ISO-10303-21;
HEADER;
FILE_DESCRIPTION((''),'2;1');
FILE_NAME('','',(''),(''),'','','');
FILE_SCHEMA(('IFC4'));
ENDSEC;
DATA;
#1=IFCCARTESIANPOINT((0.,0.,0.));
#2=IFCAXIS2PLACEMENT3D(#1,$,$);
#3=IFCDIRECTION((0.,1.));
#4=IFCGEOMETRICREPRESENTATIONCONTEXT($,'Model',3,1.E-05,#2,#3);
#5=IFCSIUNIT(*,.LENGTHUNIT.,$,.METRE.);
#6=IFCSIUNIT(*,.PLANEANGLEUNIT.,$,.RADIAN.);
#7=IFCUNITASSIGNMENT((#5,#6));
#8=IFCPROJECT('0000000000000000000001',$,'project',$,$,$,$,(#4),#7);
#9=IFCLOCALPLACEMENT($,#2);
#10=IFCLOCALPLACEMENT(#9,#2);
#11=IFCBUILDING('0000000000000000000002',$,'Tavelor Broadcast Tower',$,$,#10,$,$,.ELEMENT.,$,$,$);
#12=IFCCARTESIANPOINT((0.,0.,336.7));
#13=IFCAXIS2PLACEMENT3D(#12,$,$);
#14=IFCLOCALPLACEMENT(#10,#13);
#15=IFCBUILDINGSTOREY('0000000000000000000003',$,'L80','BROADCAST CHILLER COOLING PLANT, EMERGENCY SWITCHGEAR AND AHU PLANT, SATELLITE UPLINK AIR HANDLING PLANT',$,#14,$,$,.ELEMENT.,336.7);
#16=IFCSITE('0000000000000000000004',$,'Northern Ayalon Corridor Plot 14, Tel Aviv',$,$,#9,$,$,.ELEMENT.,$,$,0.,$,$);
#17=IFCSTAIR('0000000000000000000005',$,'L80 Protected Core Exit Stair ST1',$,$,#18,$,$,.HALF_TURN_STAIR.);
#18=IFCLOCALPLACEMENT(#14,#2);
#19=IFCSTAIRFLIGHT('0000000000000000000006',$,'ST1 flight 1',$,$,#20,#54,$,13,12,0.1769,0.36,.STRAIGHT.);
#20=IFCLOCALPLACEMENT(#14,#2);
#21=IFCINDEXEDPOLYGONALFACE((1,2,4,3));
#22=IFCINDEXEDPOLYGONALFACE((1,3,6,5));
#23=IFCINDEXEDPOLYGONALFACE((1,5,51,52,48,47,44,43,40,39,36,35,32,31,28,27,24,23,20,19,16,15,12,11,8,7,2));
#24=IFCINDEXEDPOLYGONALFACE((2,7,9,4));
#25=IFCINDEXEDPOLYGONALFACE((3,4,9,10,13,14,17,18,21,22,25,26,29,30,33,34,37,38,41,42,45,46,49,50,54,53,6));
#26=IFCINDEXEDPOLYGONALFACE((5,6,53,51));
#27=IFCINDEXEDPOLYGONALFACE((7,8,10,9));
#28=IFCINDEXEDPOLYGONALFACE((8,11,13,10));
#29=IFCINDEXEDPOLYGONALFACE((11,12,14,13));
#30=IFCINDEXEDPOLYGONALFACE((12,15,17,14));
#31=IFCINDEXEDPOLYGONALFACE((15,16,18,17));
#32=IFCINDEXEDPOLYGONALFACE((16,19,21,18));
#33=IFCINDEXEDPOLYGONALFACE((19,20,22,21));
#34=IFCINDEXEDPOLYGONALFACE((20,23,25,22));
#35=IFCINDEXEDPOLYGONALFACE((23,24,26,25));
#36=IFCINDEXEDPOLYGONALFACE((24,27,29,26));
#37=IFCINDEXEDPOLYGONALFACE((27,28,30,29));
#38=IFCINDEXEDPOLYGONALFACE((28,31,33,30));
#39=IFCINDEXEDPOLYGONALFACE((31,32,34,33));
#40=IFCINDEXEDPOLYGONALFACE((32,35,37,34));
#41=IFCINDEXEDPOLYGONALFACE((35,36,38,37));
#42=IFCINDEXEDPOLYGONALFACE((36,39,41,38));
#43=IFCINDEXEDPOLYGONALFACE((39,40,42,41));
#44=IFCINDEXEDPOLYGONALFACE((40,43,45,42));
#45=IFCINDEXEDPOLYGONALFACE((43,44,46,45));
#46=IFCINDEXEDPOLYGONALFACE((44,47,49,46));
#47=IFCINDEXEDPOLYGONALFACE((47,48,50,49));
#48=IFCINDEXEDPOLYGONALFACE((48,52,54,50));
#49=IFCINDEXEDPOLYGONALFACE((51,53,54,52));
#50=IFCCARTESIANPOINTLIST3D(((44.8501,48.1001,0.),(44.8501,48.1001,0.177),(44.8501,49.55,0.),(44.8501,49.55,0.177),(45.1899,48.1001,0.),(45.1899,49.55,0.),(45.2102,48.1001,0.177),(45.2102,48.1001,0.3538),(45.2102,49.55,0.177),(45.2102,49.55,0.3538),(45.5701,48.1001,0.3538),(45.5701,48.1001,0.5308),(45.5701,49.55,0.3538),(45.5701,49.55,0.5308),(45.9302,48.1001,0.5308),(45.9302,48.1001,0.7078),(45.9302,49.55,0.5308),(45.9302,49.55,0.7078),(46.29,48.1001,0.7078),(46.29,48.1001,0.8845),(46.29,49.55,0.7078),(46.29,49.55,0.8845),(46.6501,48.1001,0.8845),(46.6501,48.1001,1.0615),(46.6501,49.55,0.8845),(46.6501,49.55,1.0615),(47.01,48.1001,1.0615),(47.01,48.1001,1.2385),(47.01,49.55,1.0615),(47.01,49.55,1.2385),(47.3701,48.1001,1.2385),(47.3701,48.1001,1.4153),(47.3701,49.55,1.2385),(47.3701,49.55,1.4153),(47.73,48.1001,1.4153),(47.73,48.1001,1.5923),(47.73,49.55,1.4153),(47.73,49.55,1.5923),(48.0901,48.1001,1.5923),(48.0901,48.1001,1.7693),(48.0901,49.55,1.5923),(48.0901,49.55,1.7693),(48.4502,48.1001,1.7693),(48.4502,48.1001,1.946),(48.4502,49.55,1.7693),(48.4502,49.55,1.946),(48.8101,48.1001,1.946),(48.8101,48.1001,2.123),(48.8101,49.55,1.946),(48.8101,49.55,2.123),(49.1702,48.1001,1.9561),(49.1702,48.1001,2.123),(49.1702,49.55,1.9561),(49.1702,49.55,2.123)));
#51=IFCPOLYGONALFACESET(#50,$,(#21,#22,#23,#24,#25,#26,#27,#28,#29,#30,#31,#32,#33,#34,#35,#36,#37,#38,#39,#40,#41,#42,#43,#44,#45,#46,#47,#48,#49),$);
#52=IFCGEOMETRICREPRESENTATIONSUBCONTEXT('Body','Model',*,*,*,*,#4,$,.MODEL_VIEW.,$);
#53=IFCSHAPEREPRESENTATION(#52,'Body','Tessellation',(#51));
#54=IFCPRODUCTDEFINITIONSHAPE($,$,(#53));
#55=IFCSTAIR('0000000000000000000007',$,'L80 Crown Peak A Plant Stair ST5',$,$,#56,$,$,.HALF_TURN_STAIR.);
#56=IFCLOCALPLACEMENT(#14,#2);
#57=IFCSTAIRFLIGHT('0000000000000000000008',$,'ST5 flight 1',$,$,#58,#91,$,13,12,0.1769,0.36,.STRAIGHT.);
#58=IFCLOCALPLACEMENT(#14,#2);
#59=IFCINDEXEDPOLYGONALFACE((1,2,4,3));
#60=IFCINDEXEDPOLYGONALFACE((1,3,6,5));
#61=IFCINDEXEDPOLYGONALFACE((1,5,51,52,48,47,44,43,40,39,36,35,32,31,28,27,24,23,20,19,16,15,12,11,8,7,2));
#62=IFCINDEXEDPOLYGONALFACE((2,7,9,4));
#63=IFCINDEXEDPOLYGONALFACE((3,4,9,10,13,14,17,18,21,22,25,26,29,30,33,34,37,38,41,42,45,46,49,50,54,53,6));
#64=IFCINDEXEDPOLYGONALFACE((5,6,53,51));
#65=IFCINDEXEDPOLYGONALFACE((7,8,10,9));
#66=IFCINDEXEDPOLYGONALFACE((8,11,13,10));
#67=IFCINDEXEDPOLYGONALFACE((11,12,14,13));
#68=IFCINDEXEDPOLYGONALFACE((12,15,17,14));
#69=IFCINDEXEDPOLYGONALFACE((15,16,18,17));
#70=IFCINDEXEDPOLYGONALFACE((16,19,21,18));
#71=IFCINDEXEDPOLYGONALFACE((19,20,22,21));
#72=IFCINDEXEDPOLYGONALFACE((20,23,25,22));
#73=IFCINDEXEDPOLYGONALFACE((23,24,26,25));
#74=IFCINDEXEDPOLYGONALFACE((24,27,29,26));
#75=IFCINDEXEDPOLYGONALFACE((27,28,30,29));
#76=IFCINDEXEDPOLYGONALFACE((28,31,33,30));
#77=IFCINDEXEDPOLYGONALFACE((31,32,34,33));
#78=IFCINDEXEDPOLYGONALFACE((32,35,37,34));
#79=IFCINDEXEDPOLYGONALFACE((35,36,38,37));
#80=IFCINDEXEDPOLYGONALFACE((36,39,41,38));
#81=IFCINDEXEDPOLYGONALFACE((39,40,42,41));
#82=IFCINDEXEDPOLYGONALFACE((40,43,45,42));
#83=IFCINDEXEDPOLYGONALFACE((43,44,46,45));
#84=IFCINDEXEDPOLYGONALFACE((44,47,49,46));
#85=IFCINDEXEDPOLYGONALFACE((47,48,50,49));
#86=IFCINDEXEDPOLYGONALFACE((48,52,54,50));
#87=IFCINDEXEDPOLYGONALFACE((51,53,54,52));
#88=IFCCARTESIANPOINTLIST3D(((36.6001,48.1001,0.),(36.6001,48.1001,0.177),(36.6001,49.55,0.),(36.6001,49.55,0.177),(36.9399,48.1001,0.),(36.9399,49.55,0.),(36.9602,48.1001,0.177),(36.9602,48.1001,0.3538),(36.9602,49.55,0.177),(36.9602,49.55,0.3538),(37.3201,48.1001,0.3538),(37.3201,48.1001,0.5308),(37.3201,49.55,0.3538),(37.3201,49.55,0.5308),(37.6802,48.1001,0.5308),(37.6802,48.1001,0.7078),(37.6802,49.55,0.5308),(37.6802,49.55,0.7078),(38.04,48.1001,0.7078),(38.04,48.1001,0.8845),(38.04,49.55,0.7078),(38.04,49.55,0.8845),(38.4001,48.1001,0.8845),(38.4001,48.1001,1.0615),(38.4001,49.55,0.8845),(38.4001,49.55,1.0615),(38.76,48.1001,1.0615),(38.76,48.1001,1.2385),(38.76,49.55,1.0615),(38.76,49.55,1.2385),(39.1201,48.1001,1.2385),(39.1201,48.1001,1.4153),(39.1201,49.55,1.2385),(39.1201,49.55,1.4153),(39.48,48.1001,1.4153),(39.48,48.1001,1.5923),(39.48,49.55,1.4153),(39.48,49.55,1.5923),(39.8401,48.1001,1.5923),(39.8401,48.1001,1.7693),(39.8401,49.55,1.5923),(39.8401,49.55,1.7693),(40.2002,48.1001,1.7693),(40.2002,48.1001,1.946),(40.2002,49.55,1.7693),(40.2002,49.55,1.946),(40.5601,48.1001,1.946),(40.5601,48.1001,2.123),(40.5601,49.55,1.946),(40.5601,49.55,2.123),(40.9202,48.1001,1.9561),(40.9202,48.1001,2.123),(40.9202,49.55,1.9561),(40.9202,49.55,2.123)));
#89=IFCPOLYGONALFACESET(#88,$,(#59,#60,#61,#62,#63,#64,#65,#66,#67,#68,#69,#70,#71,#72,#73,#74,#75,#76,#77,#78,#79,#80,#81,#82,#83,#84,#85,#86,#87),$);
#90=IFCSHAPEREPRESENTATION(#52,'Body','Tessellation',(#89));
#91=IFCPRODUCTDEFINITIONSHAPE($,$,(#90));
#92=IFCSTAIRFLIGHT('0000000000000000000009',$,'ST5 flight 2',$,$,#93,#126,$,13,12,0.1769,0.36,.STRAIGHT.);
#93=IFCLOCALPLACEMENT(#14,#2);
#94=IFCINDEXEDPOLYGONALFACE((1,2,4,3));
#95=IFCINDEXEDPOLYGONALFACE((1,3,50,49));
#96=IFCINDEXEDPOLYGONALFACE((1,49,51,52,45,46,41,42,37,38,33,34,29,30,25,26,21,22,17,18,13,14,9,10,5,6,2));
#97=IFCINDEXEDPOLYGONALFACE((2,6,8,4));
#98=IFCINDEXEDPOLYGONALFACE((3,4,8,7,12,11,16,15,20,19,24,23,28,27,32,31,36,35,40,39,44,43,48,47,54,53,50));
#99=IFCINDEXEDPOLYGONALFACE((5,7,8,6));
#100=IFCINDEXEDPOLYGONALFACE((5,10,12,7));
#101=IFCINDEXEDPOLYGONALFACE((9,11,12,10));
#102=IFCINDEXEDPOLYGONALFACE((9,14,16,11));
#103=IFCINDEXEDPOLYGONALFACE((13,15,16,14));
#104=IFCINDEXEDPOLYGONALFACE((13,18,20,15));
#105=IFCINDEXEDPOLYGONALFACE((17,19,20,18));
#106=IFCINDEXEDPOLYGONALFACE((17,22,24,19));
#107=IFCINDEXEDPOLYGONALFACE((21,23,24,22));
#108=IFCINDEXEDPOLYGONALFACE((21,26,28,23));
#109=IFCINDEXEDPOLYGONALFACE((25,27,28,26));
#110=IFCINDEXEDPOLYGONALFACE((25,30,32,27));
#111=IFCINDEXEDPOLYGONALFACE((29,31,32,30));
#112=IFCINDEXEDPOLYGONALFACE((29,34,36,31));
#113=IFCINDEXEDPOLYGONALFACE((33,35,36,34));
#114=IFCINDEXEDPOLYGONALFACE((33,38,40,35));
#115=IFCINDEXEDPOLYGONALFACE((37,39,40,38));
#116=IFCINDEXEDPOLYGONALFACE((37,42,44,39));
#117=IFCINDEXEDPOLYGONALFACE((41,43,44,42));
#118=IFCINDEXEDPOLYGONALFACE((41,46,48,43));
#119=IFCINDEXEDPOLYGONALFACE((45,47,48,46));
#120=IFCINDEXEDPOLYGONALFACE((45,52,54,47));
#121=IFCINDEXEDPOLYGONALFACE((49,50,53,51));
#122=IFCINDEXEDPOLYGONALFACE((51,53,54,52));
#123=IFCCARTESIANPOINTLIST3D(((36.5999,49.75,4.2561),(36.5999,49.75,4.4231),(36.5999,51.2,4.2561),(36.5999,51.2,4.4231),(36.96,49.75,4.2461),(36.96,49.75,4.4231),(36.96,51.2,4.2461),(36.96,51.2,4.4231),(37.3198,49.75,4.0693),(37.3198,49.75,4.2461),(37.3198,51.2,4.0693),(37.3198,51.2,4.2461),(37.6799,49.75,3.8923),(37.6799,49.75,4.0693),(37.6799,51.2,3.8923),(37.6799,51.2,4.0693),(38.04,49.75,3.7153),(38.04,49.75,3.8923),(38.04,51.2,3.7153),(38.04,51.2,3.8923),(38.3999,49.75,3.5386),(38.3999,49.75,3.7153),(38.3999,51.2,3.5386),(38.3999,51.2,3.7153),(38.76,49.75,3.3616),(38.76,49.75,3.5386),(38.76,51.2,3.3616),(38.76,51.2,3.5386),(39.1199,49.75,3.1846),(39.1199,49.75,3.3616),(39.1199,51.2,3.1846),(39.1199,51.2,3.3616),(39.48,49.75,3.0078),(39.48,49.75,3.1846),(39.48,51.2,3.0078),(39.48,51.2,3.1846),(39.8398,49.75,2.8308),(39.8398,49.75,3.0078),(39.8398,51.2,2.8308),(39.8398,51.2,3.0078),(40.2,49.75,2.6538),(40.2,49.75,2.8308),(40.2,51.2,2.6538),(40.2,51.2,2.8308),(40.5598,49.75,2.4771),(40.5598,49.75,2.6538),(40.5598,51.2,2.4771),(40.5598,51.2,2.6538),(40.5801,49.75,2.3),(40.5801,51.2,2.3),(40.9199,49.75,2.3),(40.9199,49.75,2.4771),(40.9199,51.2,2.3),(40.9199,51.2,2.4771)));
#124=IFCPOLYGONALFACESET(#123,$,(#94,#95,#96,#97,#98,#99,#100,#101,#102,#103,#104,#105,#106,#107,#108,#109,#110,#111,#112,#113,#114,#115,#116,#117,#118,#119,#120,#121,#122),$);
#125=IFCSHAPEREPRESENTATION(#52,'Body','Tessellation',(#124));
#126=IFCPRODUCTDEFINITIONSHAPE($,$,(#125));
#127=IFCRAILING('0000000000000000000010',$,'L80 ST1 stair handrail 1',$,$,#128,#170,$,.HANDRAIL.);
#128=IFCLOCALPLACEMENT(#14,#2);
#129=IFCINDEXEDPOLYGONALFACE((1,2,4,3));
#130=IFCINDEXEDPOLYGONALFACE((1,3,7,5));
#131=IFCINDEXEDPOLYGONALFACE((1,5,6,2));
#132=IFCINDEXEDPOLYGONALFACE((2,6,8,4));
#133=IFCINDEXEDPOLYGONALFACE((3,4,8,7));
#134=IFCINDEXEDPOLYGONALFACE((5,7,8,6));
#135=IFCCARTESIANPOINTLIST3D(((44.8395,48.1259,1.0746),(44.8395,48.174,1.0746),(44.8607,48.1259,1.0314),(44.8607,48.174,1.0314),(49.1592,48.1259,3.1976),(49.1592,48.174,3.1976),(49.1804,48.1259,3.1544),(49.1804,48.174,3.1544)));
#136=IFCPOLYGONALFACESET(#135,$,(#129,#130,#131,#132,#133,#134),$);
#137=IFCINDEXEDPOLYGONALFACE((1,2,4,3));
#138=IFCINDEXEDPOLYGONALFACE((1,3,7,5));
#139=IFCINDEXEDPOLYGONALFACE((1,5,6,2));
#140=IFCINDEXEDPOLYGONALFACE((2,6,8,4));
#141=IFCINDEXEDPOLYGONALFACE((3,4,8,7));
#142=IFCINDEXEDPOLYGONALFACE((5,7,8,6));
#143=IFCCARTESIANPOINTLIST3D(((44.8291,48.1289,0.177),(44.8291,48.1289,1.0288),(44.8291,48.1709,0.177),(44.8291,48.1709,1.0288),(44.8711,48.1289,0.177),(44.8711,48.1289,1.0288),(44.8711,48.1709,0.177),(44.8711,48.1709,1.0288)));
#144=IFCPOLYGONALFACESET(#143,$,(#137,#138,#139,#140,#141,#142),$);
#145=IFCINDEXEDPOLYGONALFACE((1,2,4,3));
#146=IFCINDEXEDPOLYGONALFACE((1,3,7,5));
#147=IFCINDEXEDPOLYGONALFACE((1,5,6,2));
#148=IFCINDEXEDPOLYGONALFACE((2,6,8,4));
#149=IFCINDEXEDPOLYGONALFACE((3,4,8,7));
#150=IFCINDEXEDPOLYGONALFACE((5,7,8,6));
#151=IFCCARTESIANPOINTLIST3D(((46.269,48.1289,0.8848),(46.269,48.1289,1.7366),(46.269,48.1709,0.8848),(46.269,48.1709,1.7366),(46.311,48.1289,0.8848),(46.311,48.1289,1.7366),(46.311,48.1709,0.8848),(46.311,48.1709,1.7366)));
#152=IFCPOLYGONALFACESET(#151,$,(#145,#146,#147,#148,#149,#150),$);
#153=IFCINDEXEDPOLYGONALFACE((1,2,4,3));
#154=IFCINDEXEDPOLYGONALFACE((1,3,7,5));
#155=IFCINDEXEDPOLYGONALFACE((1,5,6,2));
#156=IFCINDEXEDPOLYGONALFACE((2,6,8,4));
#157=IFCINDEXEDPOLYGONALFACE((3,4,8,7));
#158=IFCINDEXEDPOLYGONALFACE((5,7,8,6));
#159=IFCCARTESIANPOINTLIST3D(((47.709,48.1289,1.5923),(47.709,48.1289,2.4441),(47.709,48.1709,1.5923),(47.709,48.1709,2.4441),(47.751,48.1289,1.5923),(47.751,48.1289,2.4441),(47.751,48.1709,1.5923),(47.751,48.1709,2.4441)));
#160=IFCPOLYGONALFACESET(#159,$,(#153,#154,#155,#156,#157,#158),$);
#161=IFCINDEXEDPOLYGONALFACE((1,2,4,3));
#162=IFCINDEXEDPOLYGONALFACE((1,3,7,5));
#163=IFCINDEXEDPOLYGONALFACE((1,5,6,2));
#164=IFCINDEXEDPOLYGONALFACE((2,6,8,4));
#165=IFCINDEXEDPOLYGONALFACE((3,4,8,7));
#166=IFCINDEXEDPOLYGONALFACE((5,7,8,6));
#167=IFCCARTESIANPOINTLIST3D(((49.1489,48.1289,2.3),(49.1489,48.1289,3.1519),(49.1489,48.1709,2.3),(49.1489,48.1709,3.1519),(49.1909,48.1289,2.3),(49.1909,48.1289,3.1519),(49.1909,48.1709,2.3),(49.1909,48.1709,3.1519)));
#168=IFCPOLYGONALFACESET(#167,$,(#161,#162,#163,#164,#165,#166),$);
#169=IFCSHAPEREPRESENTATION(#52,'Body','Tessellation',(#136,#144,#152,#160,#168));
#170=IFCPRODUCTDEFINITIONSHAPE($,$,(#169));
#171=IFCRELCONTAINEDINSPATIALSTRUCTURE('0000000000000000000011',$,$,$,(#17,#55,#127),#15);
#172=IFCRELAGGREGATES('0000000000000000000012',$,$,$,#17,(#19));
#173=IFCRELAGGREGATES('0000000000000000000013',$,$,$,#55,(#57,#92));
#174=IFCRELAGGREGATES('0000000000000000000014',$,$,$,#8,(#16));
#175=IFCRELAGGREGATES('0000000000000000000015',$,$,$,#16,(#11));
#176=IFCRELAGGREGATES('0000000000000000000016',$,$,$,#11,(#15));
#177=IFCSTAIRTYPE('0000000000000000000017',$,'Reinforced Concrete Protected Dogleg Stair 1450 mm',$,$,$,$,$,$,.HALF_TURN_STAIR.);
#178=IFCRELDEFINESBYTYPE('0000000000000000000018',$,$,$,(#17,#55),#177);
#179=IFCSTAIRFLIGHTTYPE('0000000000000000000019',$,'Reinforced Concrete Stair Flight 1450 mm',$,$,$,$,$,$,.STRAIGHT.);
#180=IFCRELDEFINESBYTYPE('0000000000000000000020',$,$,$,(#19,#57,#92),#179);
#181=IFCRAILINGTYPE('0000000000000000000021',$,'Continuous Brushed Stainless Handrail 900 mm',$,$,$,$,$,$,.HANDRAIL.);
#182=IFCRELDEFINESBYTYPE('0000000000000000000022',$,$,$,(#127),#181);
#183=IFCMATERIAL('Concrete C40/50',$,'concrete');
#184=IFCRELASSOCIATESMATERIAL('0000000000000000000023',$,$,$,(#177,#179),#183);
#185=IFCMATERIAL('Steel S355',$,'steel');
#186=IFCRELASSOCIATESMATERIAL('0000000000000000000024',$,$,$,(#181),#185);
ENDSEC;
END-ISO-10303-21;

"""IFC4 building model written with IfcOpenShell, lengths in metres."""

from ifc_helpers import new_model, si_unit, direction, frame, origin, origin_2d, place, context, subcontext, project, spatial, polyline, rectangle, outline, extrude, material, type_object, element, aggregate, save


model = new_model("IFC4")

# Units and contexts
model_context = context("Model", 3, precision=1e-05, world=origin(), true_north=direction((0.0, 1.0)))
body_context = subcontext(model_context, "Body", "Model", "MODEL_VIEW")
ifc_project = project(units=[si_unit("LENGTHUNIT", "METRE"), si_unit("PLANEANGLEUNIT", "RADIAN")], contexts=[model_context])

# Site, building, storey
site_placement = place(None, origin())
site = spatial("IfcSite", under=ifc_project, at=site_placement, Name="Northern Ayalon Corridor Plot 14, Tel Aviv", CompositionType="ELEMENT", RefElevation=0.0)
building_placement = place(site_placement, origin())
building = spatial("IfcBuilding", under=site, at=building_placement, Name="Tavelor Broadcast Tower", CompositionType="ELEMENT")
storey_placement = place(building_placement, frame((0.0, 0.0, 336.7)))
storey = spatial("IfcBuildingStorey", under=building, at=storey_placement, Name="L80", Description="BROADCAST CHILLER COOLING PLANT, EMERGENCY SWITCHGEAR AND AHU PLANT, SATELLITE UPLINK AIR HANDLING PLANT", CompositionType="ELEMENT", Elevation=336.7)

# Shared definitions
ifc_material_1 = material(Name="Concrete C40/50", Category="concrete")
ifc_material_2 = material(Name="Steel S355", Category="steel")

# Stair, stair flight
stair_type = type_object("IfcStairType", Name="Reinforced Concrete Protected Dogleg Stair 1450 mm", PredefinedType="HALF_TURN_STAIR", material=ifc_material_1)
stair_1_placement = place(storey_placement, origin())
stair_1 = element("IfcStair", 1, at=stair_1_placement, inside=storey, type_object=stair_type, Name="L80 Protected Core Exit Stair ST1", PredefinedType="HALF_TURN_STAIR")
stair_flight_type = type_object("IfcStairFlightType", Name="Reinforced Concrete Stair Flight 1450 mm", PredefinedType="STRAIGHT", material=ifc_material_1)
stair_flight_1_placement = place(storey_placement, frame((44.8501, 48.825, 0.0), z_axis=(0.0, 0.0, 1.0), x_axis=(1.0, 0.0, 0.0)))
stair_flight_1 = element("IfcStairFlight", 2, at=stair_flight_1_placement, type_object=stair_flight_type, Name="ST1 flight 1", NumberOfRisers=13, NumberOfTreads=12, PredefinedType="STRAIGHT", RiserHeight=0.1769, TreadLength=0.36, context=body_context, shape_type="SweptSolid", body=[
    extrude(outline(polyline([(0.0, 0.0), (0.0, 0.177), (0.3601, 0.177), (0.3601, 0.3538), (0.72, 0.3538), (0.72, 0.5308), (1.0801, 0.5308), (1.0801, 0.7078), (1.4399, 0.7078), (1.4399, 0.8845), (1.8, 0.8845), (1.8, 1.0615), (2.1599, 1.0615), (2.1599, 1.2385), (2.52, 1.2385), (2.52, 1.4153), (2.8799, 1.4153), (2.8799, 1.5923), (3.24, 1.5923), (3.24, 1.7693), (3.6001, 1.7693), (3.6001, 1.946), (3.96, 1.946), (3.96, 2.123), (4.3201, 2.123), (4.3201, 2.3), (4.3201, 1.9561), (0.3398, 0.0), (0.0, 0.0)])), frame((0.0, 0.7251, 0.0), z_axis=(0.0, -1.0, 0.0), x_axis=(1.0, 0.0, 0.0)), (0.0, 0.0, 1.0), 1.45),
])
aggregate(stair_1, [stair_flight_1])

# Stair, stair flights
stair_2_placement = place(storey_placement, origin())
stair_2 = element("IfcStair", 3, at=stair_2_placement, inside=storey, type_object=stair_type, Name="L80 Crown Peak A Plant Stair ST5", PredefinedType="HALF_TURN_STAIR")
stair_flight_2_placement = place(storey_placement, frame((36.6001, 48.825, 0.0), z_axis=(0.0, 0.0, 1.0), x_axis=(1.0, 0.0, 0.0)))
stair_flight_2 = element("IfcStairFlight", 4, at=stair_flight_2_placement, type_object=stair_flight_type, Name="ST5 flight 1", NumberOfRisers=13, NumberOfTreads=12, PredefinedType="STRAIGHT", RiserHeight=0.1769, TreadLength=0.36, context=body_context, shape_type="SweptSolid", body=[
    extrude(outline(polyline([(0.0, 0.0), (0.0, 0.177), (0.3601, 0.177), (0.3601, 0.3538), (0.72, 0.3538), (0.72, 0.5308), (1.0801, 0.5308), (1.0801, 0.7078), (1.4399, 0.7078), (1.4399, 0.8845), (1.8, 0.8845), (1.8, 1.0615), (2.1599, 1.0615), (2.1599, 1.2385), (2.52, 1.2385), (2.52, 1.4153), (2.8799, 1.4153), (2.8799, 1.5923), (3.24, 1.5923), (3.24, 1.7693), (3.6001, 1.7693), (3.6001, 1.946), (3.96, 1.946), (3.96, 2.123), (4.3201, 2.123), (4.3201, 2.3), (4.3201, 1.9561), (0.3398, 0.0), (0.0, 0.0)])), frame((0.0, 0.7251, 0.0), z_axis=(0.0, -1.0, 0.0), x_axis=(1.0, 0.0, 0.0)), (0.0, 0.0, 1.0), 1.45),
])
stair_flight_3_placement = place(storey_placement, frame((40.9199, 50.4751, 2.3), z_axis=(0.0, 0.0, 1.0), x_axis=(-1.0, 0.0, 0.0)))
stair_flight_3 = element("IfcStairFlight", 5, at=stair_flight_3_placement, type_object=stair_flight_type, Name="ST5 flight 2", NumberOfRisers=13, NumberOfTreads=12, PredefinedType="STRAIGHT", RiserHeight=0.1769, TreadLength=0.36, context=body_context, shape_type="SweptSolid", body=[
    extrude(outline(polyline([(0.0, 0.0), (0.0, 0.177), (0.3601, 0.177), (0.3601, 0.3538), (0.72, 0.3538), (0.72, 0.5308), (1.0801, 0.5308), (1.0801, 0.7078), (1.4399, 0.7078), (1.4399, 0.8845), (1.8, 0.8845), (1.8, 1.0615), (2.1599, 1.0615), (2.1599, 1.2385), (2.52, 1.2385), (2.52, 1.4153), (2.8799, 1.4153), (2.8799, 1.5923), (3.24, 1.5923), (3.24, 1.7693), (3.6001, 1.7693), (3.6001, 1.946), (3.96, 1.946), (3.96, 2.123), (4.3201, 2.123), (4.3201, 2.3), (4.3201, 1.9561), (0.3398, 0.0), (0.0, 0.0)])), frame((0.0, 0.7251, 0.0), z_axis=(0.0, -1.0, 0.0), x_axis=(1.0, 0.0, 0.0)), (0.0, 0.0, 1.0), 1.45),
])
aggregate(stair_2, [stair_flight_2, stair_flight_3])

# Railing
railing_type_1 = type_object("IfcRailingType", Name="Continuous Brushed Stainless Handrail 900 mm", PredefinedType="HANDRAIL", material=ifc_material_2)
for number, where, name in (
    (6, (44.8501, 48.1499, 0.177), "L80 ST1 stair handrail 1"),
):
    element("IfcRailing", number, at=place(storey_placement, frame(where)), inside=storey, type_object=railing_type_1, Name=name, PredefinedType="HANDRAIL", context=body_context, shape_type="SweptSolid", body=[
        extrude(rectangle(XDim=0.0481, YDim=0.0481, at=origin_2d()), frame((0.0, 0.0, 0.876), z_axis=(0.89747, 0.0, 0.441076), x_axis=(0.0, 1.0, 0.0)), (0.0, 0.0, 1.0), 4.8132),
        extrude(rectangle(XDim=0.042, YDim=0.042, at=origin_2d()), origin(), (0.0, 0.0, 1.0), 0.8518),
        extrude(rectangle(XDim=0.042, YDim=0.042, at=origin_2d()), frame((1.4399, 0.0, 0.7078)), (0.0, 0.0, 1.0), 0.8518),
        extrude(rectangle(XDim=0.042, YDim=0.042, at=origin_2d()), frame((2.8799, 0.0, 1.4153)), (0.0, 0.0, 1.0), 0.8518),
        extrude(rectangle(XDim=0.042, YDim=0.042, at=origin_2d()), frame((4.3198, 0.0, 2.123)), (0.0, 0.0, 1.0), 0.8518),
    ])

save(model, "model.ifc")
